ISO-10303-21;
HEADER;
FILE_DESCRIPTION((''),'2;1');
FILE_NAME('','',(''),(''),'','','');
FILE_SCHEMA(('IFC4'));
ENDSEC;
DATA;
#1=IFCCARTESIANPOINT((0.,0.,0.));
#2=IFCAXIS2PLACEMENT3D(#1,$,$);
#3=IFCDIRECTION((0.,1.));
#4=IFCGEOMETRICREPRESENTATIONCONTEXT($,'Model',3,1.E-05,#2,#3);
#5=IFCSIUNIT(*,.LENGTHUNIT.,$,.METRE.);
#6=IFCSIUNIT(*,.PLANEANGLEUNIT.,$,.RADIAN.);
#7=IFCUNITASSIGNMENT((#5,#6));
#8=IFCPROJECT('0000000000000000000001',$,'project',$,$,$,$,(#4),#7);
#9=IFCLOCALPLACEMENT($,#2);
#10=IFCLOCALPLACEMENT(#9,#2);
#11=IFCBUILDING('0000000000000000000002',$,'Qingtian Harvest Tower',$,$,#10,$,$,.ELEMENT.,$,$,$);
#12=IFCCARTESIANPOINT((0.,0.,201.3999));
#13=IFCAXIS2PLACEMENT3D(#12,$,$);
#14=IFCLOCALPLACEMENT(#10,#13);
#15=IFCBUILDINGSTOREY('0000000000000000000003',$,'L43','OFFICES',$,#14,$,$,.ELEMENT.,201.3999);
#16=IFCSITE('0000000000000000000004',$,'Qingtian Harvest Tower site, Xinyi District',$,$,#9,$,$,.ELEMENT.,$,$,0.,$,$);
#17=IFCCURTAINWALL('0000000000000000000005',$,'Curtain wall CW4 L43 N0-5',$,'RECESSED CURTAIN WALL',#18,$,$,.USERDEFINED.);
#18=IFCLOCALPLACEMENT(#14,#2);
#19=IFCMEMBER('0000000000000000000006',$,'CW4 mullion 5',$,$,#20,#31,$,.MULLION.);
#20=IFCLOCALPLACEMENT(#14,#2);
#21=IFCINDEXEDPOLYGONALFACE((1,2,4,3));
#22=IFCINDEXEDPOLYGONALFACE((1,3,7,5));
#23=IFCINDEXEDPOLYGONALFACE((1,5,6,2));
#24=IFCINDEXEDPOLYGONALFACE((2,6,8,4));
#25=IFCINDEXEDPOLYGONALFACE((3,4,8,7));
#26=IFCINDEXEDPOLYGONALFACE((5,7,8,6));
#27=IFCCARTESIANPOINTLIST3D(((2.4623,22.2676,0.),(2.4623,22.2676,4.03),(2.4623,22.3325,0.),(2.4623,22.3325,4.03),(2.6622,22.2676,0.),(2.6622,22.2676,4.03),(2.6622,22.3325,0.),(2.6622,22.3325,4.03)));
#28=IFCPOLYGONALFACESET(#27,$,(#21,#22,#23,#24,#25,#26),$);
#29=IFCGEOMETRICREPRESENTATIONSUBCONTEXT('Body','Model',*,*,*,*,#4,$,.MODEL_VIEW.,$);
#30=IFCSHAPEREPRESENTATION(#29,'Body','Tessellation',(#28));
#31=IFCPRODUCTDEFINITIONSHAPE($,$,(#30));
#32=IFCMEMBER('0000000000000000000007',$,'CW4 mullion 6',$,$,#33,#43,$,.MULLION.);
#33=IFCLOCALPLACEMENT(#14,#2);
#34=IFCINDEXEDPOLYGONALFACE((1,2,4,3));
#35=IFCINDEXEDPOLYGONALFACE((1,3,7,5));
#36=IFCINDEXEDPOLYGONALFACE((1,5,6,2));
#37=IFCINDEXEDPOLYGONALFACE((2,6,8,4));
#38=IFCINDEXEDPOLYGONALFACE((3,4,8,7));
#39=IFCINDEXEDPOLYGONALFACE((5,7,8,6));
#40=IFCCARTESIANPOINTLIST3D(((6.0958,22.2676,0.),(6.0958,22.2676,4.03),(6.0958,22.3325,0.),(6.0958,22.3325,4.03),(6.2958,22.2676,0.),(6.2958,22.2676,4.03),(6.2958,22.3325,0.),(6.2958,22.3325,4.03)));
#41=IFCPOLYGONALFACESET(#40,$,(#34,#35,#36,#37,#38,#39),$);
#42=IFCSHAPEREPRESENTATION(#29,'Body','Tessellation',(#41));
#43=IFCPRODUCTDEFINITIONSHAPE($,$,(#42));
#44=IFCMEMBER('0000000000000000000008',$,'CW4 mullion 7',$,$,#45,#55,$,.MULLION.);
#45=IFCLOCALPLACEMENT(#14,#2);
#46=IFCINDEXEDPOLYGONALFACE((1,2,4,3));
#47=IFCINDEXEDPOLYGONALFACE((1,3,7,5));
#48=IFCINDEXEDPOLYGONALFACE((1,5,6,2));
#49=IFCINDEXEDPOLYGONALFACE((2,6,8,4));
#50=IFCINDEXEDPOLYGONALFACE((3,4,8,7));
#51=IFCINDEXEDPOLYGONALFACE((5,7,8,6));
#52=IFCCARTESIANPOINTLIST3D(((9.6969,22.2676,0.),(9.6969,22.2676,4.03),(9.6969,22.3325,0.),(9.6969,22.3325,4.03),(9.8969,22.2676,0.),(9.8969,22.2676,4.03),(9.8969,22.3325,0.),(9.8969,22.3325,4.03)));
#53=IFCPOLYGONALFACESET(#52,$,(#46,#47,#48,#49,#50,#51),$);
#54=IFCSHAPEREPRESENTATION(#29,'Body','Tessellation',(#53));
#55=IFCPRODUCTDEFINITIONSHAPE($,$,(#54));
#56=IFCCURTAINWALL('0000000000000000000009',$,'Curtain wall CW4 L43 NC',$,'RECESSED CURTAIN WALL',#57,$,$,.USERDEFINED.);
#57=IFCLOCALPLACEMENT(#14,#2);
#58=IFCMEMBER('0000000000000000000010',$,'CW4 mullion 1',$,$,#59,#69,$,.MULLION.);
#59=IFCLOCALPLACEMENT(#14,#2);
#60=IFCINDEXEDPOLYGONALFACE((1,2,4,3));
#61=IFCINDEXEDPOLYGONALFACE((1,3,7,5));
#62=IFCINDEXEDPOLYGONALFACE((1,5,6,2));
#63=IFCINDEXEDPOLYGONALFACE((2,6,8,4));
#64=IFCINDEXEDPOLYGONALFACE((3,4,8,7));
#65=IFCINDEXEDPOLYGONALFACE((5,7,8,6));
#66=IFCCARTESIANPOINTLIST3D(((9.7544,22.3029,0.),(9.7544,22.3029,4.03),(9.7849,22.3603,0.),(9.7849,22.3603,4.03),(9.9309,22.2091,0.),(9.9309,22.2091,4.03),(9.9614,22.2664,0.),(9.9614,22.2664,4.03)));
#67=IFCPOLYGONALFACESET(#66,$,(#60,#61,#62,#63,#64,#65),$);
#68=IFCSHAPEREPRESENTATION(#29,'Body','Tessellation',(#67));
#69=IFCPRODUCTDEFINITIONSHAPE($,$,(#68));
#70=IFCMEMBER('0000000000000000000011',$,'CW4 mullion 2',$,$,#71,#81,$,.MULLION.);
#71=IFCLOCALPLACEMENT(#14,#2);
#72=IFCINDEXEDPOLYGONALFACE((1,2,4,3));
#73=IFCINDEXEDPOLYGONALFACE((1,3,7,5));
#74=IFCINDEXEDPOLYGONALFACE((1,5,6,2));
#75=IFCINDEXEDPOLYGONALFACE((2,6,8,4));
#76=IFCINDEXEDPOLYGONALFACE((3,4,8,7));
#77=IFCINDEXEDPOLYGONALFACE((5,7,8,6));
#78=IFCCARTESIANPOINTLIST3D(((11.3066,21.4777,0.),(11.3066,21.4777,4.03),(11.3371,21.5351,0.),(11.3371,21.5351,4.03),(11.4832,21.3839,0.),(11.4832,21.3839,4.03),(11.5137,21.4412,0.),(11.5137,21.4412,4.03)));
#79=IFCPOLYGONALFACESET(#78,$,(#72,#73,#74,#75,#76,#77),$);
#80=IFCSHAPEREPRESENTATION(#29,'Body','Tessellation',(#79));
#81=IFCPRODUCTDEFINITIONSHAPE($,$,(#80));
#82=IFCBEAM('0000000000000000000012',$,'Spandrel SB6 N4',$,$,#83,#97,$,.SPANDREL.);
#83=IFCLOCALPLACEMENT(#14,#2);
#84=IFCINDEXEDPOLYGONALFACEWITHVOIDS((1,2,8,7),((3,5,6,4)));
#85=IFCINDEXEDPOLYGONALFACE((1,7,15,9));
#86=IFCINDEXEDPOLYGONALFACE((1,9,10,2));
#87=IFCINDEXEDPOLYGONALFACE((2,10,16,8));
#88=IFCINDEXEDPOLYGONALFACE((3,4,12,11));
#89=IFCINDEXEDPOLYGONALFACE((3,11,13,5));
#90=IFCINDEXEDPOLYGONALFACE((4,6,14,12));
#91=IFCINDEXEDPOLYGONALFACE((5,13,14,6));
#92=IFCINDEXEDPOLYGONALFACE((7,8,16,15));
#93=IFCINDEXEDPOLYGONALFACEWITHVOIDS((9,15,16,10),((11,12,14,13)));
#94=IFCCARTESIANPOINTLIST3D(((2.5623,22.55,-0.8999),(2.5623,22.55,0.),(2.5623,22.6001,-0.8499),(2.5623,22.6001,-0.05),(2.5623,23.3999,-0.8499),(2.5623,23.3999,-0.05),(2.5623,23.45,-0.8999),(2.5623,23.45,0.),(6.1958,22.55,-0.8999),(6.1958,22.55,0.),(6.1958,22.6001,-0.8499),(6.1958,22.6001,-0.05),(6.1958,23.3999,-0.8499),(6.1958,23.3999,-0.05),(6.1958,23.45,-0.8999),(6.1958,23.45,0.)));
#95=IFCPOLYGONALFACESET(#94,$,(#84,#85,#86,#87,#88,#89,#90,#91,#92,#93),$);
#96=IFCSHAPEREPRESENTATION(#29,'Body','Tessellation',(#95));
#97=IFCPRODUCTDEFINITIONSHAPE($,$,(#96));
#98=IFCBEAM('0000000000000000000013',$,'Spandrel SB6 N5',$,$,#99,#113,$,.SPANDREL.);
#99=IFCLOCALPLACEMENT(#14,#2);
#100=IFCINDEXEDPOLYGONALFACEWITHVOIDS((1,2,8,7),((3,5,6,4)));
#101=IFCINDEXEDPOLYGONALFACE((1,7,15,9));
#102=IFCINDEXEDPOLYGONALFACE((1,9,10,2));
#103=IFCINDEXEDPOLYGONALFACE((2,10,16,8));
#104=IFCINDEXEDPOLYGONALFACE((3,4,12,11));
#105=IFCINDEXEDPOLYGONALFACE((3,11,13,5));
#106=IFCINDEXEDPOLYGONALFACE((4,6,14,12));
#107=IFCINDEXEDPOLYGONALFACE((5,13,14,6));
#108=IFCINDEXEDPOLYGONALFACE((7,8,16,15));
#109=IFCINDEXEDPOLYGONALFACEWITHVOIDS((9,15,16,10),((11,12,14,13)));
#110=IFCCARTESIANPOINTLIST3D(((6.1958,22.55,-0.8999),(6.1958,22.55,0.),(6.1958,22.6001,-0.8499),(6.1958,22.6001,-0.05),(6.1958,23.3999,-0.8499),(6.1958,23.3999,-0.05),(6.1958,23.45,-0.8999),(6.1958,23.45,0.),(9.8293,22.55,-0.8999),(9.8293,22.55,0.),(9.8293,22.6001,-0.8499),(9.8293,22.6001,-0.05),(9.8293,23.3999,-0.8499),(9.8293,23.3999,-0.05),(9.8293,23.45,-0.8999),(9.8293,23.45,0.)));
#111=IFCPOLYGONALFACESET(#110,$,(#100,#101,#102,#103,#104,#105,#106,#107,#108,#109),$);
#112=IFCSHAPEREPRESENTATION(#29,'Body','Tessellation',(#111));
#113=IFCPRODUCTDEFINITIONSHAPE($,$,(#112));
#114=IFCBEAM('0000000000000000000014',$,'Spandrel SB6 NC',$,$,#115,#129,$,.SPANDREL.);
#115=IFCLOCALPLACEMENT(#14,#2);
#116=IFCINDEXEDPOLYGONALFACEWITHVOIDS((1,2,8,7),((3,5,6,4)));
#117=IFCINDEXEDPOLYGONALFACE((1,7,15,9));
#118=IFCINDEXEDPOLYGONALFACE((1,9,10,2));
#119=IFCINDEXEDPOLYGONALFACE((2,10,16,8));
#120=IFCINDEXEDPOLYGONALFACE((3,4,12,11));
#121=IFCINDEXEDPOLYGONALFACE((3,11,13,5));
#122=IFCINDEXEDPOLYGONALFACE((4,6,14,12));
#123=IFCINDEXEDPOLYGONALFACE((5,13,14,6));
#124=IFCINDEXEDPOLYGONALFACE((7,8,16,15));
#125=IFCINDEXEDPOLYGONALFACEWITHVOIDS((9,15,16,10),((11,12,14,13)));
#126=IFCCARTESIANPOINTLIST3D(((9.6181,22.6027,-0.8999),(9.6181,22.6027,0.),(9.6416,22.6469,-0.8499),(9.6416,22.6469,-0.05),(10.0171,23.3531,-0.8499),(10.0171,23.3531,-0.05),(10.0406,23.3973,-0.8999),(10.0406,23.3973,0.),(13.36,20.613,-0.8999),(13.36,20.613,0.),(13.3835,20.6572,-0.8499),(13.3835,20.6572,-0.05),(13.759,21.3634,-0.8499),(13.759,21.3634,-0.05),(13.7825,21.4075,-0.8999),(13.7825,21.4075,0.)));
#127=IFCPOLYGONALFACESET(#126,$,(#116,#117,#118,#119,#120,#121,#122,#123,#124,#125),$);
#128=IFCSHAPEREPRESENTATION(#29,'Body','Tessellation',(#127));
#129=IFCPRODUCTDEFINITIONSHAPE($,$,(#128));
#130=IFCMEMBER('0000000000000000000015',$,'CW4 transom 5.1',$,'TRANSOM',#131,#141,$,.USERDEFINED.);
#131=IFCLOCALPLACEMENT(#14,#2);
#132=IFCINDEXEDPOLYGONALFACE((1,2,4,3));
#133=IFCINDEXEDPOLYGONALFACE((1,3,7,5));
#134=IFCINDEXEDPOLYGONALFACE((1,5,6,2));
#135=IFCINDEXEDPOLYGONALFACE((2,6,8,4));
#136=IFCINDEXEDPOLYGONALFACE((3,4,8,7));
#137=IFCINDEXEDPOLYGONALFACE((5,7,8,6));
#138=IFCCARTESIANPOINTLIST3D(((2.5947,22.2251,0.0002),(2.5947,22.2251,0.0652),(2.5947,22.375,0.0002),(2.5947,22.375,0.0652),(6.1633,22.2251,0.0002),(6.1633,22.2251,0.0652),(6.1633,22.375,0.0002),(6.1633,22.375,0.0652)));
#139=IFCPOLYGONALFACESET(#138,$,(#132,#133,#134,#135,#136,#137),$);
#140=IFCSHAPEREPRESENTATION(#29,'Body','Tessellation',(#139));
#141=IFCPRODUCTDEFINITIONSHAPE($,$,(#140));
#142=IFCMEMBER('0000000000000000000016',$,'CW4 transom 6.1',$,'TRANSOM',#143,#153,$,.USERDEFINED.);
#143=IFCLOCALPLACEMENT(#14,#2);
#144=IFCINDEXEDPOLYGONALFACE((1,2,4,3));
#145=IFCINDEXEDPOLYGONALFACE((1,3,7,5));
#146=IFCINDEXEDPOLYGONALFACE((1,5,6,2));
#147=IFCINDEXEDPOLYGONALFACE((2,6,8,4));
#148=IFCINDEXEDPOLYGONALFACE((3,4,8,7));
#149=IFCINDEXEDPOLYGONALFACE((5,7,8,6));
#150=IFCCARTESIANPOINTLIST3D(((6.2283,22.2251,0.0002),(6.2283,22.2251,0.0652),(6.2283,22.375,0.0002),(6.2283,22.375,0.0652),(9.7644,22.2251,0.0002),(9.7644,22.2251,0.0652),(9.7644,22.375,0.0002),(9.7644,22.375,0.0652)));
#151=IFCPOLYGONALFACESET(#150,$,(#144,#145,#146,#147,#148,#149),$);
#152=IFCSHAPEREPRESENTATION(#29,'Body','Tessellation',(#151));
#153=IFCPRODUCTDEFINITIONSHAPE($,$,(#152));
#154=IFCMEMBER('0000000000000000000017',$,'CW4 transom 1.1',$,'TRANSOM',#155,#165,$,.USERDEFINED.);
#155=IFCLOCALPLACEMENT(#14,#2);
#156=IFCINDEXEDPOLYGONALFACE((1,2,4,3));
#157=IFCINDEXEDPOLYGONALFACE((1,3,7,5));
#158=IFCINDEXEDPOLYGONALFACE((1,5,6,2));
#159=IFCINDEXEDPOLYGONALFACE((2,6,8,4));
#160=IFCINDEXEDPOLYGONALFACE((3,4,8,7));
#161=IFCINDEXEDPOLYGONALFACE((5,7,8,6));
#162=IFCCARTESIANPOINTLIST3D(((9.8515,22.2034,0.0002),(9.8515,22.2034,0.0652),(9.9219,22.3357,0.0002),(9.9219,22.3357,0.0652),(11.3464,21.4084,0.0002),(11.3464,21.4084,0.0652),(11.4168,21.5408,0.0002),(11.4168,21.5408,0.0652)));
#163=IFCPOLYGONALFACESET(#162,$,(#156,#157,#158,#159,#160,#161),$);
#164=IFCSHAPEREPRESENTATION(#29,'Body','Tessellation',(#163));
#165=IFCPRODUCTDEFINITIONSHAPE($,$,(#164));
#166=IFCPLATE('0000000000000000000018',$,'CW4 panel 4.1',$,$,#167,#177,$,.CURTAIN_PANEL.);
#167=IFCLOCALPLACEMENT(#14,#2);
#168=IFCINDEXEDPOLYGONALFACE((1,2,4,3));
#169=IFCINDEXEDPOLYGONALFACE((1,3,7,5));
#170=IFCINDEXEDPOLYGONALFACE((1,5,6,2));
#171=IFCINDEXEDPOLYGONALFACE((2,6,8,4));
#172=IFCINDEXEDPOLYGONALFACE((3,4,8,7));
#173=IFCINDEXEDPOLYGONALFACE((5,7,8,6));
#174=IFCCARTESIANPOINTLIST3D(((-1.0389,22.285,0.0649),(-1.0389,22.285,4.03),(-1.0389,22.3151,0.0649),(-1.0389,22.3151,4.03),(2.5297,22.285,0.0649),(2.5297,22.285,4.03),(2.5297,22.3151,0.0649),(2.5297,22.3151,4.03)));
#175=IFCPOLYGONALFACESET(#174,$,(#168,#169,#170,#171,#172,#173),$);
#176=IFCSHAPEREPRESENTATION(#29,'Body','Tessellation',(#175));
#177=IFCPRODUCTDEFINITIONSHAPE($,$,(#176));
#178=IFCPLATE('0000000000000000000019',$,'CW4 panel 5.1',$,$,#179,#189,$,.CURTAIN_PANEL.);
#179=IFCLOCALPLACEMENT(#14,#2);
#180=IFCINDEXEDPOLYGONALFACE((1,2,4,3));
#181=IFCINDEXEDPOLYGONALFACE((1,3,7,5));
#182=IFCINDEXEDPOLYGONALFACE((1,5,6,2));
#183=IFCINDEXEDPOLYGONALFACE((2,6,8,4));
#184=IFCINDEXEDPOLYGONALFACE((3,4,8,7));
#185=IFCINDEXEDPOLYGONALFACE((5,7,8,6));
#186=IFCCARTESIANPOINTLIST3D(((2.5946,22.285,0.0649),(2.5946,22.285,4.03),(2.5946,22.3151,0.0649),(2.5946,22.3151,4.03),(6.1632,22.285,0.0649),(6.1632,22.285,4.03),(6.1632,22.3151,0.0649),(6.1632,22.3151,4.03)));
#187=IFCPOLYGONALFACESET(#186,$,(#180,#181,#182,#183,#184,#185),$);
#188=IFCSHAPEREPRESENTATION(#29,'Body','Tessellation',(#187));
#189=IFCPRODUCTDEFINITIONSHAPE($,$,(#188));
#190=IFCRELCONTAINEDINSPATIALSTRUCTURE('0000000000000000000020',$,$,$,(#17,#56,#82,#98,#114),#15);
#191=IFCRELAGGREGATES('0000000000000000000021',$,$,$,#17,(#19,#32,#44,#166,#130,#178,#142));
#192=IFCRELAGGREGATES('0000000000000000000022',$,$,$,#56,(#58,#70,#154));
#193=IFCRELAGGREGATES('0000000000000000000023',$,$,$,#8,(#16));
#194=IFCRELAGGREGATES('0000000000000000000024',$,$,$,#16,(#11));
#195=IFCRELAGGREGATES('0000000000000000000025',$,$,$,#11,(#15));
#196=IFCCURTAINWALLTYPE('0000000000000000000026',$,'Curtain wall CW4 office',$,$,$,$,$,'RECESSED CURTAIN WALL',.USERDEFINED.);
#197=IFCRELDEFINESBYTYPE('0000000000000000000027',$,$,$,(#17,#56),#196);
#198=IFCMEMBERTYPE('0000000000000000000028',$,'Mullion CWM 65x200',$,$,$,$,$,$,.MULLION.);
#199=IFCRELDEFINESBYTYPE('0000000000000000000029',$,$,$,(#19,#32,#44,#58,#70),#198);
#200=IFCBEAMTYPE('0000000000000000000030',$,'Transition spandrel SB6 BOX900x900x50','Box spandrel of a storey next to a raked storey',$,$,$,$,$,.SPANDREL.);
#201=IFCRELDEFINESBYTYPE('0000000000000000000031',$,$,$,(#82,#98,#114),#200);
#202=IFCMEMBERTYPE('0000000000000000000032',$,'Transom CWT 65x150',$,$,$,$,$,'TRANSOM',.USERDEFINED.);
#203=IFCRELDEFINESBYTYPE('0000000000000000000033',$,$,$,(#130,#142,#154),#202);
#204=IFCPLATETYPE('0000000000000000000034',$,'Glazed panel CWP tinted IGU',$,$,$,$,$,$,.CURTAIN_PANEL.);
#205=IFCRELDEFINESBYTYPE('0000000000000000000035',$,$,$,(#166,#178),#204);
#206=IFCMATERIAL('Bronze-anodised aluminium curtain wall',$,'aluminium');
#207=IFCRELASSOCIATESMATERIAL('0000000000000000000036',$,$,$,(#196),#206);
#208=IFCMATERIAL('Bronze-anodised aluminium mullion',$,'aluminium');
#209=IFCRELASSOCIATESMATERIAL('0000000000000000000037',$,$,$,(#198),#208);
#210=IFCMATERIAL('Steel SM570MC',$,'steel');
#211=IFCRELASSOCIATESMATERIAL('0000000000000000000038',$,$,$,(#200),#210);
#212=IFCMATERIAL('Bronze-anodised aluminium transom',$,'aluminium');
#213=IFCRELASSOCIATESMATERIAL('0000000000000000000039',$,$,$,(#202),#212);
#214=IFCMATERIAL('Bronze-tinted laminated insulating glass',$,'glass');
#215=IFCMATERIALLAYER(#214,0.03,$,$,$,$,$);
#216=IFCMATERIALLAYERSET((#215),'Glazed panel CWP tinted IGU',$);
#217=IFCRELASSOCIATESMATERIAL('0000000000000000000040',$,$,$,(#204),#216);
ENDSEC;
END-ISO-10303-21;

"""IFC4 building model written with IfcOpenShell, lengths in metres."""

from ifc_helpers import new_model, si_unit, direction, frame, origin, origin_2d, place, context, subcontext, project, spatial, rectangle, hollow_rectangle, extrude, material, layer, layer_set, material_profile, profile_set, type_object, element, aggregate, save


model = new_model("IFC4")

# Units and contexts
model_context = context("Model", 3, precision=1e-05, world=origin(), true_north=direction((0.0, 1.0)))
body_context = subcontext(model_context, "Body", "Model", "MODEL_VIEW")
ifc_project = project(units=[si_unit("LENGTHUNIT", "METRE"), si_unit("PLANEANGLEUNIT", "RADIAN")], contexts=[model_context])

# Site, building, storey
site_placement = place(None, origin())
site = spatial("IfcSite", under=ifc_project, at=site_placement, Name="Qingtian Harvest Tower site, Xinyi District", CompositionType="ELEMENT", RefElevation=0.0)
building_placement = place(site_placement, origin())
building = spatial("IfcBuilding", under=site, at=building_placement, Name="Qingtian Harvest Tower", CompositionType="ELEMENT")
storey_placement = place(building_placement, frame((0.0, 0.0, 201.3999)))
storey = spatial("IfcBuildingStorey", under=building, at=storey_placement, Name="L43", Description="OFFICES", CompositionType="ELEMENT", Elevation=201.3999)

# Curtain walls, members
ifc_material_1 = material(Name="Bronze-anodised aluminium curtain wall", Category="aluminium")
curtain_wall_type = type_object("IfcCurtainWallType", Name="Curtain wall CW4 office", ElementType="RECESSED CURTAIN WALL", PredefinedType="USERDEFINED", material=ifc_material_1)
curtain_wall_1_placement = place(storey_placement, origin())
curtain_wall_1 = element("IfcCurtainWall", 1, at=curtain_wall_1_placement, inside=storey, type_object=curtain_wall_type, Name="Curtain wall CW4 L43 N0-5", ObjectType="RECESSED CURTAIN WALL", PredefinedType="USERDEFINED")
ifc_material_2 = material(Name="Bronze-anodised aluminium mullion", Category="aluminium")
ifc_material_profile_1 = material_profile(ifc_material_2, rectangle(XDim=0.0649, YDim=0.2, at=origin_2d()), Name="AL 65x200")
ifc_profile_set_1 = profile_set([ifc_material_profile_1], Name="Bronze-anodised aluminium mullion")
member_type_1 = type_object("IfcMemberType", Name="Mullion CWM 65x200", PredefinedType="MULLION", material=ifc_profile_set_1)
member_1_placement = place(storey_placement, frame((2.5623, 22.3, 0.0), z_axis=(0.0, 0.0, 1.0), x_axis=(0.0, 1.0, 0.0)))
member_1 = element("IfcMember", 2, at=member_1_placement, type_object=member_type_1, Name="CW4 mullion 5", PredefinedType="MULLION", context=body_context, shape_type="SweptSolid", body=[
    extrude(rectangle(XDim=0.0649, YDim=0.2, at=origin_2d()), origin(), (0.0, 0.0, 1.0), 4.03),
])
member_2_placement = place(storey_placement, frame((6.1958, 22.3, 0.0), z_axis=(0.0, 0.0, 1.0), x_axis=(0.0, 1.0, 0.0)))
member_2 = element("IfcMember", 3, at=member_2_placement, type_object=member_type_1, Name="CW4 mullion 6", PredefinedType="MULLION", context=body_context, shape_type="SweptSolid", body=[
    extrude(rectangle(XDim=0.0649, YDim=0.2, at=origin_2d()), origin(), (0.0, 0.0, 1.0), 4.03),
])
member_3_placement = place(storey_placement, frame((9.7969, 22.3, 0.0), z_axis=(0.0, 0.0, 1.0), x_axis=(0.0, 1.0, 0.0)))
member_3 = element("IfcMember", 4, at=member_3_placement, type_object=member_type_1, Name="CW4 mullion 7", PredefinedType="MULLION", context=body_context, shape_type="SweptSolid", body=[
    extrude(rectangle(XDim=0.0649, YDim=0.2, at=origin_2d()), origin(), (0.0, 0.0, 1.0), 4.03),
])
curtain_wall_2_placement = place(storey_placement, origin())
curtain_wall_2 = element("IfcCurtainWall", 5, at=curtain_wall_2_placement, inside=storey, type_object=curtain_wall_type, Name="Curtain wall CW4 L43 NC", ObjectType="RECESSED CURTAIN WALL", PredefinedType="USERDEFINED")
member_4_placement = place(storey_placement, frame((9.8579, 22.2847, 0.0), z_axis=(0.0, 0.0, 1.0), x_axis=(0.469472, 0.882948, 0.0)))
member_4 = element("IfcMember", 6, at=member_4_placement, type_object=member_type_1, Name="CW4 mullion 1", PredefinedType="MULLION", context=body_context, shape_type="SweptSolid", body=[
    extrude(rectangle(XDim=0.0649, YDim=0.2, at=origin_2d()), origin(), (0.0, 0.0, 1.0), 4.03),
])
member_5_placement = place(storey_placement, frame((11.4102, 21.4595, 0.0), z_axis=(0.0, 0.0, 1.0), x_axis=(0.469472, 0.882948, 0.0)))
member_5 = element("IfcMember", 7, at=member_5_placement, type_object=member_type_1, Name="CW4 mullion 2", PredefinedType="MULLION", context=body_context, shape_type="SweptSolid", body=[
    extrude(rectangle(XDim=0.0649, YDim=0.2, at=origin_2d()), origin(), (0.0, 0.0, 1.0), 4.03),
])

# Beams
ifc_material_3 = material(Name="Steel SM570MC", Category="steel")
ifc_material_profile_2 = material_profile(ifc_material_3, hollow_rectangle(XDim=0.8999, YDim=0.8999, WallThickness=0.05, at=origin_2d()), Name="BOX900x900x50")
ifc_profile_set_2 = profile_set([ifc_material_profile_2], Name="Steel SM570MC")
beam_type_1 = type_object("IfcBeamType", Name="Transition spandrel SB6 BOX900x900x50", Description="Box spandrel of a storey next to a raked storey", PredefinedType="SPANDREL", material=ifc_profile_set_2)
for number, where, z_axis, x_axis, name in (
    (8, (2.5623, 23.0, -0.45), (1.0, 0.0, 0.0), (0.0, 1.0, 0.0), "Spandrel SB6 N4"),
    (9, (6.1958, 23.0, -0.45), (1.0, 0.0, 0.0), (0.0, 1.0, 0.0), "Spandrel SB6 N5"),
):
    element("IfcBeam", number, at=place(storey_placement, frame(where, z_axis=z_axis, x_axis=x_axis)), inside=storey, type_object=beam_type_1, Name=name, PredefinedType="SPANDREL", context=body_context, shape_type="SweptSolid", body=[
        extrude(hollow_rectangle(XDim=0.8999, YDim=0.8999, WallThickness=0.05, at=origin_2d()), origin(), (0.0, 0.0, 1.0), 3.6335),
    ])
beam_1_placement = place(storey_placement, frame((9.8293, 23.0, -0.45), z_axis=(0.882936, -0.469494, 0.0), x_axis=(0.469494, 0.882936, 0.0)))
element("IfcBeam", 10, at=beam_1_placement, inside=storey, type_object=beam_type_1, Name="Spandrel SB6 NC", PredefinedType="SPANDREL", context=body_context, shape_type="SweptSolid", body=[
    extrude(hollow_rectangle(XDim=0.8999, YDim=0.8999, WallThickness=0.05, at=origin_2d()), origin(), (0.0, 0.0, 1.0), 4.238),
])

# Members
ifc_material_4 = material(Name="Bronze-anodised aluminium transom", Category="aluminium")
ifc_material_profile_3 = material_profile(ifc_material_4, rectangle(XDim=0.1499, YDim=0.0649, at=origin_2d()), Name="AL 65x150")
ifc_profile_set_3 = profile_set([ifc_material_profile_3], Name="Bronze-anodised aluminium transom")
member_type_2 = type_object("IfcMemberType", Name="Transom CWT 65x150", ElementType="TRANSOM", PredefinedType="USERDEFINED", material=ifc_profile_set_3)
member_6_placement = place(storey_placement, frame((2.5947, 22.3, 0.0327), z_axis=(1.0, 0.0, 0.0), x_axis=(0.0, 1.0, 0.0)))
member_6 = element("IfcMember", 11, at=member_6_placement, type_object=member_type_2, Name="CW4 transom 5.1", ObjectType="TRANSOM", PredefinedType="USERDEFINED", context=body_context, shape_type="SweptSolid", body=[
    extrude(rectangle(XDim=0.1499, YDim=0.0649, at=origin_2d()), origin(), (0.0, 0.0, 1.0), 3.5686),
])
member_7_placement = place(storey_placement, frame((6.2283, 22.3, 0.0327), z_axis=(1.0, 0.0, 0.0), x_axis=(0.0, 1.0, 0.0)))
member_7 = element("IfcMember", 12, at=member_7_placement, type_object=member_type_2, Name="CW4 transom 6.1", ObjectType="TRANSOM", PredefinedType="USERDEFINED", context=body_context, shape_type="SweptSolid", body=[
    extrude(rectangle(XDim=0.1499, YDim=0.0649, at=origin_2d()), origin(), (0.0, 0.0, 1.0), 3.5361),
])
member_8_placement = place(storey_placement, frame((9.8867, 22.2695, 0.0327), z_axis=(0.882927, -0.46951, 0.0), x_axis=(0.46951, 0.882927, 0.0)))
member_8 = element("IfcMember", 13, at=member_8_placement, type_object=member_type_2, Name="CW4 transom 1.1", ObjectType="TRANSOM", PredefinedType="USERDEFINED", context=body_context, shape_type="SweptSolid", body=[
    extrude(rectangle(XDim=0.1499, YDim=0.0649, at=origin_2d()), origin(), (0.0, 0.0, 1.0), 1.6931),
])

# Plates
ifc_material_5 = material(Name="Bronze-tinted laminated insulating glass", Category="glass")
ifc_layer_1 = layer(ifc_material_5, 0.03)
ifc_layer_set_1 = layer_set([ifc_layer_1], Name="Glazed panel CWP tinted IGU")
plate_type = type_object("IfcPlateType", Name="Glazed panel CWP tinted IGU", PredefinedType="CURTAIN_PANEL", material=ifc_layer_set_1)
plate_1_placement = place(storey_placement, frame((0.7454, 22.3, 0.0649), z_axis=(0.0, 0.0, 1.0), x_axis=(1.0, 0.0, 0.0)))
plate_1 = element("IfcPlate", 14, at=plate_1_placement, type_object=plate_type, Name="CW4 panel 4.1", PredefinedType="CURTAIN_PANEL", context=body_context, shape_type="SweptSolid", body=[
    extrude(rectangle(XDim=3.5686, YDim=0.03, at=origin_2d()), origin(), (0.0, 0.0, 1.0), 3.9651),
])
plate_2_placement = place(storey_placement, frame((4.3789, 22.3, 0.0649), z_axis=(0.0, 0.0, 1.0), x_axis=(1.0, 0.0, 0.0)))
plate_2 = element("IfcPlate", 15, at=plate_2_placement, type_object=plate_type, Name="CW4 panel 5.1", PredefinedType="CURTAIN_PANEL", context=body_context, shape_type="SweptSolid", body=[
    extrude(rectangle(XDim=3.5686, YDim=0.03, at=origin_2d()), origin(), (0.0, 0.0, 1.0), 3.9651),
])
aggregate(curtain_wall_1, [member_1, member_2, member_3, plate_1, member_6, plate_2, member_7])
aggregate(curtain_wall_2, [member_4, member_5, member_8])

save(model, "model.ifc")
